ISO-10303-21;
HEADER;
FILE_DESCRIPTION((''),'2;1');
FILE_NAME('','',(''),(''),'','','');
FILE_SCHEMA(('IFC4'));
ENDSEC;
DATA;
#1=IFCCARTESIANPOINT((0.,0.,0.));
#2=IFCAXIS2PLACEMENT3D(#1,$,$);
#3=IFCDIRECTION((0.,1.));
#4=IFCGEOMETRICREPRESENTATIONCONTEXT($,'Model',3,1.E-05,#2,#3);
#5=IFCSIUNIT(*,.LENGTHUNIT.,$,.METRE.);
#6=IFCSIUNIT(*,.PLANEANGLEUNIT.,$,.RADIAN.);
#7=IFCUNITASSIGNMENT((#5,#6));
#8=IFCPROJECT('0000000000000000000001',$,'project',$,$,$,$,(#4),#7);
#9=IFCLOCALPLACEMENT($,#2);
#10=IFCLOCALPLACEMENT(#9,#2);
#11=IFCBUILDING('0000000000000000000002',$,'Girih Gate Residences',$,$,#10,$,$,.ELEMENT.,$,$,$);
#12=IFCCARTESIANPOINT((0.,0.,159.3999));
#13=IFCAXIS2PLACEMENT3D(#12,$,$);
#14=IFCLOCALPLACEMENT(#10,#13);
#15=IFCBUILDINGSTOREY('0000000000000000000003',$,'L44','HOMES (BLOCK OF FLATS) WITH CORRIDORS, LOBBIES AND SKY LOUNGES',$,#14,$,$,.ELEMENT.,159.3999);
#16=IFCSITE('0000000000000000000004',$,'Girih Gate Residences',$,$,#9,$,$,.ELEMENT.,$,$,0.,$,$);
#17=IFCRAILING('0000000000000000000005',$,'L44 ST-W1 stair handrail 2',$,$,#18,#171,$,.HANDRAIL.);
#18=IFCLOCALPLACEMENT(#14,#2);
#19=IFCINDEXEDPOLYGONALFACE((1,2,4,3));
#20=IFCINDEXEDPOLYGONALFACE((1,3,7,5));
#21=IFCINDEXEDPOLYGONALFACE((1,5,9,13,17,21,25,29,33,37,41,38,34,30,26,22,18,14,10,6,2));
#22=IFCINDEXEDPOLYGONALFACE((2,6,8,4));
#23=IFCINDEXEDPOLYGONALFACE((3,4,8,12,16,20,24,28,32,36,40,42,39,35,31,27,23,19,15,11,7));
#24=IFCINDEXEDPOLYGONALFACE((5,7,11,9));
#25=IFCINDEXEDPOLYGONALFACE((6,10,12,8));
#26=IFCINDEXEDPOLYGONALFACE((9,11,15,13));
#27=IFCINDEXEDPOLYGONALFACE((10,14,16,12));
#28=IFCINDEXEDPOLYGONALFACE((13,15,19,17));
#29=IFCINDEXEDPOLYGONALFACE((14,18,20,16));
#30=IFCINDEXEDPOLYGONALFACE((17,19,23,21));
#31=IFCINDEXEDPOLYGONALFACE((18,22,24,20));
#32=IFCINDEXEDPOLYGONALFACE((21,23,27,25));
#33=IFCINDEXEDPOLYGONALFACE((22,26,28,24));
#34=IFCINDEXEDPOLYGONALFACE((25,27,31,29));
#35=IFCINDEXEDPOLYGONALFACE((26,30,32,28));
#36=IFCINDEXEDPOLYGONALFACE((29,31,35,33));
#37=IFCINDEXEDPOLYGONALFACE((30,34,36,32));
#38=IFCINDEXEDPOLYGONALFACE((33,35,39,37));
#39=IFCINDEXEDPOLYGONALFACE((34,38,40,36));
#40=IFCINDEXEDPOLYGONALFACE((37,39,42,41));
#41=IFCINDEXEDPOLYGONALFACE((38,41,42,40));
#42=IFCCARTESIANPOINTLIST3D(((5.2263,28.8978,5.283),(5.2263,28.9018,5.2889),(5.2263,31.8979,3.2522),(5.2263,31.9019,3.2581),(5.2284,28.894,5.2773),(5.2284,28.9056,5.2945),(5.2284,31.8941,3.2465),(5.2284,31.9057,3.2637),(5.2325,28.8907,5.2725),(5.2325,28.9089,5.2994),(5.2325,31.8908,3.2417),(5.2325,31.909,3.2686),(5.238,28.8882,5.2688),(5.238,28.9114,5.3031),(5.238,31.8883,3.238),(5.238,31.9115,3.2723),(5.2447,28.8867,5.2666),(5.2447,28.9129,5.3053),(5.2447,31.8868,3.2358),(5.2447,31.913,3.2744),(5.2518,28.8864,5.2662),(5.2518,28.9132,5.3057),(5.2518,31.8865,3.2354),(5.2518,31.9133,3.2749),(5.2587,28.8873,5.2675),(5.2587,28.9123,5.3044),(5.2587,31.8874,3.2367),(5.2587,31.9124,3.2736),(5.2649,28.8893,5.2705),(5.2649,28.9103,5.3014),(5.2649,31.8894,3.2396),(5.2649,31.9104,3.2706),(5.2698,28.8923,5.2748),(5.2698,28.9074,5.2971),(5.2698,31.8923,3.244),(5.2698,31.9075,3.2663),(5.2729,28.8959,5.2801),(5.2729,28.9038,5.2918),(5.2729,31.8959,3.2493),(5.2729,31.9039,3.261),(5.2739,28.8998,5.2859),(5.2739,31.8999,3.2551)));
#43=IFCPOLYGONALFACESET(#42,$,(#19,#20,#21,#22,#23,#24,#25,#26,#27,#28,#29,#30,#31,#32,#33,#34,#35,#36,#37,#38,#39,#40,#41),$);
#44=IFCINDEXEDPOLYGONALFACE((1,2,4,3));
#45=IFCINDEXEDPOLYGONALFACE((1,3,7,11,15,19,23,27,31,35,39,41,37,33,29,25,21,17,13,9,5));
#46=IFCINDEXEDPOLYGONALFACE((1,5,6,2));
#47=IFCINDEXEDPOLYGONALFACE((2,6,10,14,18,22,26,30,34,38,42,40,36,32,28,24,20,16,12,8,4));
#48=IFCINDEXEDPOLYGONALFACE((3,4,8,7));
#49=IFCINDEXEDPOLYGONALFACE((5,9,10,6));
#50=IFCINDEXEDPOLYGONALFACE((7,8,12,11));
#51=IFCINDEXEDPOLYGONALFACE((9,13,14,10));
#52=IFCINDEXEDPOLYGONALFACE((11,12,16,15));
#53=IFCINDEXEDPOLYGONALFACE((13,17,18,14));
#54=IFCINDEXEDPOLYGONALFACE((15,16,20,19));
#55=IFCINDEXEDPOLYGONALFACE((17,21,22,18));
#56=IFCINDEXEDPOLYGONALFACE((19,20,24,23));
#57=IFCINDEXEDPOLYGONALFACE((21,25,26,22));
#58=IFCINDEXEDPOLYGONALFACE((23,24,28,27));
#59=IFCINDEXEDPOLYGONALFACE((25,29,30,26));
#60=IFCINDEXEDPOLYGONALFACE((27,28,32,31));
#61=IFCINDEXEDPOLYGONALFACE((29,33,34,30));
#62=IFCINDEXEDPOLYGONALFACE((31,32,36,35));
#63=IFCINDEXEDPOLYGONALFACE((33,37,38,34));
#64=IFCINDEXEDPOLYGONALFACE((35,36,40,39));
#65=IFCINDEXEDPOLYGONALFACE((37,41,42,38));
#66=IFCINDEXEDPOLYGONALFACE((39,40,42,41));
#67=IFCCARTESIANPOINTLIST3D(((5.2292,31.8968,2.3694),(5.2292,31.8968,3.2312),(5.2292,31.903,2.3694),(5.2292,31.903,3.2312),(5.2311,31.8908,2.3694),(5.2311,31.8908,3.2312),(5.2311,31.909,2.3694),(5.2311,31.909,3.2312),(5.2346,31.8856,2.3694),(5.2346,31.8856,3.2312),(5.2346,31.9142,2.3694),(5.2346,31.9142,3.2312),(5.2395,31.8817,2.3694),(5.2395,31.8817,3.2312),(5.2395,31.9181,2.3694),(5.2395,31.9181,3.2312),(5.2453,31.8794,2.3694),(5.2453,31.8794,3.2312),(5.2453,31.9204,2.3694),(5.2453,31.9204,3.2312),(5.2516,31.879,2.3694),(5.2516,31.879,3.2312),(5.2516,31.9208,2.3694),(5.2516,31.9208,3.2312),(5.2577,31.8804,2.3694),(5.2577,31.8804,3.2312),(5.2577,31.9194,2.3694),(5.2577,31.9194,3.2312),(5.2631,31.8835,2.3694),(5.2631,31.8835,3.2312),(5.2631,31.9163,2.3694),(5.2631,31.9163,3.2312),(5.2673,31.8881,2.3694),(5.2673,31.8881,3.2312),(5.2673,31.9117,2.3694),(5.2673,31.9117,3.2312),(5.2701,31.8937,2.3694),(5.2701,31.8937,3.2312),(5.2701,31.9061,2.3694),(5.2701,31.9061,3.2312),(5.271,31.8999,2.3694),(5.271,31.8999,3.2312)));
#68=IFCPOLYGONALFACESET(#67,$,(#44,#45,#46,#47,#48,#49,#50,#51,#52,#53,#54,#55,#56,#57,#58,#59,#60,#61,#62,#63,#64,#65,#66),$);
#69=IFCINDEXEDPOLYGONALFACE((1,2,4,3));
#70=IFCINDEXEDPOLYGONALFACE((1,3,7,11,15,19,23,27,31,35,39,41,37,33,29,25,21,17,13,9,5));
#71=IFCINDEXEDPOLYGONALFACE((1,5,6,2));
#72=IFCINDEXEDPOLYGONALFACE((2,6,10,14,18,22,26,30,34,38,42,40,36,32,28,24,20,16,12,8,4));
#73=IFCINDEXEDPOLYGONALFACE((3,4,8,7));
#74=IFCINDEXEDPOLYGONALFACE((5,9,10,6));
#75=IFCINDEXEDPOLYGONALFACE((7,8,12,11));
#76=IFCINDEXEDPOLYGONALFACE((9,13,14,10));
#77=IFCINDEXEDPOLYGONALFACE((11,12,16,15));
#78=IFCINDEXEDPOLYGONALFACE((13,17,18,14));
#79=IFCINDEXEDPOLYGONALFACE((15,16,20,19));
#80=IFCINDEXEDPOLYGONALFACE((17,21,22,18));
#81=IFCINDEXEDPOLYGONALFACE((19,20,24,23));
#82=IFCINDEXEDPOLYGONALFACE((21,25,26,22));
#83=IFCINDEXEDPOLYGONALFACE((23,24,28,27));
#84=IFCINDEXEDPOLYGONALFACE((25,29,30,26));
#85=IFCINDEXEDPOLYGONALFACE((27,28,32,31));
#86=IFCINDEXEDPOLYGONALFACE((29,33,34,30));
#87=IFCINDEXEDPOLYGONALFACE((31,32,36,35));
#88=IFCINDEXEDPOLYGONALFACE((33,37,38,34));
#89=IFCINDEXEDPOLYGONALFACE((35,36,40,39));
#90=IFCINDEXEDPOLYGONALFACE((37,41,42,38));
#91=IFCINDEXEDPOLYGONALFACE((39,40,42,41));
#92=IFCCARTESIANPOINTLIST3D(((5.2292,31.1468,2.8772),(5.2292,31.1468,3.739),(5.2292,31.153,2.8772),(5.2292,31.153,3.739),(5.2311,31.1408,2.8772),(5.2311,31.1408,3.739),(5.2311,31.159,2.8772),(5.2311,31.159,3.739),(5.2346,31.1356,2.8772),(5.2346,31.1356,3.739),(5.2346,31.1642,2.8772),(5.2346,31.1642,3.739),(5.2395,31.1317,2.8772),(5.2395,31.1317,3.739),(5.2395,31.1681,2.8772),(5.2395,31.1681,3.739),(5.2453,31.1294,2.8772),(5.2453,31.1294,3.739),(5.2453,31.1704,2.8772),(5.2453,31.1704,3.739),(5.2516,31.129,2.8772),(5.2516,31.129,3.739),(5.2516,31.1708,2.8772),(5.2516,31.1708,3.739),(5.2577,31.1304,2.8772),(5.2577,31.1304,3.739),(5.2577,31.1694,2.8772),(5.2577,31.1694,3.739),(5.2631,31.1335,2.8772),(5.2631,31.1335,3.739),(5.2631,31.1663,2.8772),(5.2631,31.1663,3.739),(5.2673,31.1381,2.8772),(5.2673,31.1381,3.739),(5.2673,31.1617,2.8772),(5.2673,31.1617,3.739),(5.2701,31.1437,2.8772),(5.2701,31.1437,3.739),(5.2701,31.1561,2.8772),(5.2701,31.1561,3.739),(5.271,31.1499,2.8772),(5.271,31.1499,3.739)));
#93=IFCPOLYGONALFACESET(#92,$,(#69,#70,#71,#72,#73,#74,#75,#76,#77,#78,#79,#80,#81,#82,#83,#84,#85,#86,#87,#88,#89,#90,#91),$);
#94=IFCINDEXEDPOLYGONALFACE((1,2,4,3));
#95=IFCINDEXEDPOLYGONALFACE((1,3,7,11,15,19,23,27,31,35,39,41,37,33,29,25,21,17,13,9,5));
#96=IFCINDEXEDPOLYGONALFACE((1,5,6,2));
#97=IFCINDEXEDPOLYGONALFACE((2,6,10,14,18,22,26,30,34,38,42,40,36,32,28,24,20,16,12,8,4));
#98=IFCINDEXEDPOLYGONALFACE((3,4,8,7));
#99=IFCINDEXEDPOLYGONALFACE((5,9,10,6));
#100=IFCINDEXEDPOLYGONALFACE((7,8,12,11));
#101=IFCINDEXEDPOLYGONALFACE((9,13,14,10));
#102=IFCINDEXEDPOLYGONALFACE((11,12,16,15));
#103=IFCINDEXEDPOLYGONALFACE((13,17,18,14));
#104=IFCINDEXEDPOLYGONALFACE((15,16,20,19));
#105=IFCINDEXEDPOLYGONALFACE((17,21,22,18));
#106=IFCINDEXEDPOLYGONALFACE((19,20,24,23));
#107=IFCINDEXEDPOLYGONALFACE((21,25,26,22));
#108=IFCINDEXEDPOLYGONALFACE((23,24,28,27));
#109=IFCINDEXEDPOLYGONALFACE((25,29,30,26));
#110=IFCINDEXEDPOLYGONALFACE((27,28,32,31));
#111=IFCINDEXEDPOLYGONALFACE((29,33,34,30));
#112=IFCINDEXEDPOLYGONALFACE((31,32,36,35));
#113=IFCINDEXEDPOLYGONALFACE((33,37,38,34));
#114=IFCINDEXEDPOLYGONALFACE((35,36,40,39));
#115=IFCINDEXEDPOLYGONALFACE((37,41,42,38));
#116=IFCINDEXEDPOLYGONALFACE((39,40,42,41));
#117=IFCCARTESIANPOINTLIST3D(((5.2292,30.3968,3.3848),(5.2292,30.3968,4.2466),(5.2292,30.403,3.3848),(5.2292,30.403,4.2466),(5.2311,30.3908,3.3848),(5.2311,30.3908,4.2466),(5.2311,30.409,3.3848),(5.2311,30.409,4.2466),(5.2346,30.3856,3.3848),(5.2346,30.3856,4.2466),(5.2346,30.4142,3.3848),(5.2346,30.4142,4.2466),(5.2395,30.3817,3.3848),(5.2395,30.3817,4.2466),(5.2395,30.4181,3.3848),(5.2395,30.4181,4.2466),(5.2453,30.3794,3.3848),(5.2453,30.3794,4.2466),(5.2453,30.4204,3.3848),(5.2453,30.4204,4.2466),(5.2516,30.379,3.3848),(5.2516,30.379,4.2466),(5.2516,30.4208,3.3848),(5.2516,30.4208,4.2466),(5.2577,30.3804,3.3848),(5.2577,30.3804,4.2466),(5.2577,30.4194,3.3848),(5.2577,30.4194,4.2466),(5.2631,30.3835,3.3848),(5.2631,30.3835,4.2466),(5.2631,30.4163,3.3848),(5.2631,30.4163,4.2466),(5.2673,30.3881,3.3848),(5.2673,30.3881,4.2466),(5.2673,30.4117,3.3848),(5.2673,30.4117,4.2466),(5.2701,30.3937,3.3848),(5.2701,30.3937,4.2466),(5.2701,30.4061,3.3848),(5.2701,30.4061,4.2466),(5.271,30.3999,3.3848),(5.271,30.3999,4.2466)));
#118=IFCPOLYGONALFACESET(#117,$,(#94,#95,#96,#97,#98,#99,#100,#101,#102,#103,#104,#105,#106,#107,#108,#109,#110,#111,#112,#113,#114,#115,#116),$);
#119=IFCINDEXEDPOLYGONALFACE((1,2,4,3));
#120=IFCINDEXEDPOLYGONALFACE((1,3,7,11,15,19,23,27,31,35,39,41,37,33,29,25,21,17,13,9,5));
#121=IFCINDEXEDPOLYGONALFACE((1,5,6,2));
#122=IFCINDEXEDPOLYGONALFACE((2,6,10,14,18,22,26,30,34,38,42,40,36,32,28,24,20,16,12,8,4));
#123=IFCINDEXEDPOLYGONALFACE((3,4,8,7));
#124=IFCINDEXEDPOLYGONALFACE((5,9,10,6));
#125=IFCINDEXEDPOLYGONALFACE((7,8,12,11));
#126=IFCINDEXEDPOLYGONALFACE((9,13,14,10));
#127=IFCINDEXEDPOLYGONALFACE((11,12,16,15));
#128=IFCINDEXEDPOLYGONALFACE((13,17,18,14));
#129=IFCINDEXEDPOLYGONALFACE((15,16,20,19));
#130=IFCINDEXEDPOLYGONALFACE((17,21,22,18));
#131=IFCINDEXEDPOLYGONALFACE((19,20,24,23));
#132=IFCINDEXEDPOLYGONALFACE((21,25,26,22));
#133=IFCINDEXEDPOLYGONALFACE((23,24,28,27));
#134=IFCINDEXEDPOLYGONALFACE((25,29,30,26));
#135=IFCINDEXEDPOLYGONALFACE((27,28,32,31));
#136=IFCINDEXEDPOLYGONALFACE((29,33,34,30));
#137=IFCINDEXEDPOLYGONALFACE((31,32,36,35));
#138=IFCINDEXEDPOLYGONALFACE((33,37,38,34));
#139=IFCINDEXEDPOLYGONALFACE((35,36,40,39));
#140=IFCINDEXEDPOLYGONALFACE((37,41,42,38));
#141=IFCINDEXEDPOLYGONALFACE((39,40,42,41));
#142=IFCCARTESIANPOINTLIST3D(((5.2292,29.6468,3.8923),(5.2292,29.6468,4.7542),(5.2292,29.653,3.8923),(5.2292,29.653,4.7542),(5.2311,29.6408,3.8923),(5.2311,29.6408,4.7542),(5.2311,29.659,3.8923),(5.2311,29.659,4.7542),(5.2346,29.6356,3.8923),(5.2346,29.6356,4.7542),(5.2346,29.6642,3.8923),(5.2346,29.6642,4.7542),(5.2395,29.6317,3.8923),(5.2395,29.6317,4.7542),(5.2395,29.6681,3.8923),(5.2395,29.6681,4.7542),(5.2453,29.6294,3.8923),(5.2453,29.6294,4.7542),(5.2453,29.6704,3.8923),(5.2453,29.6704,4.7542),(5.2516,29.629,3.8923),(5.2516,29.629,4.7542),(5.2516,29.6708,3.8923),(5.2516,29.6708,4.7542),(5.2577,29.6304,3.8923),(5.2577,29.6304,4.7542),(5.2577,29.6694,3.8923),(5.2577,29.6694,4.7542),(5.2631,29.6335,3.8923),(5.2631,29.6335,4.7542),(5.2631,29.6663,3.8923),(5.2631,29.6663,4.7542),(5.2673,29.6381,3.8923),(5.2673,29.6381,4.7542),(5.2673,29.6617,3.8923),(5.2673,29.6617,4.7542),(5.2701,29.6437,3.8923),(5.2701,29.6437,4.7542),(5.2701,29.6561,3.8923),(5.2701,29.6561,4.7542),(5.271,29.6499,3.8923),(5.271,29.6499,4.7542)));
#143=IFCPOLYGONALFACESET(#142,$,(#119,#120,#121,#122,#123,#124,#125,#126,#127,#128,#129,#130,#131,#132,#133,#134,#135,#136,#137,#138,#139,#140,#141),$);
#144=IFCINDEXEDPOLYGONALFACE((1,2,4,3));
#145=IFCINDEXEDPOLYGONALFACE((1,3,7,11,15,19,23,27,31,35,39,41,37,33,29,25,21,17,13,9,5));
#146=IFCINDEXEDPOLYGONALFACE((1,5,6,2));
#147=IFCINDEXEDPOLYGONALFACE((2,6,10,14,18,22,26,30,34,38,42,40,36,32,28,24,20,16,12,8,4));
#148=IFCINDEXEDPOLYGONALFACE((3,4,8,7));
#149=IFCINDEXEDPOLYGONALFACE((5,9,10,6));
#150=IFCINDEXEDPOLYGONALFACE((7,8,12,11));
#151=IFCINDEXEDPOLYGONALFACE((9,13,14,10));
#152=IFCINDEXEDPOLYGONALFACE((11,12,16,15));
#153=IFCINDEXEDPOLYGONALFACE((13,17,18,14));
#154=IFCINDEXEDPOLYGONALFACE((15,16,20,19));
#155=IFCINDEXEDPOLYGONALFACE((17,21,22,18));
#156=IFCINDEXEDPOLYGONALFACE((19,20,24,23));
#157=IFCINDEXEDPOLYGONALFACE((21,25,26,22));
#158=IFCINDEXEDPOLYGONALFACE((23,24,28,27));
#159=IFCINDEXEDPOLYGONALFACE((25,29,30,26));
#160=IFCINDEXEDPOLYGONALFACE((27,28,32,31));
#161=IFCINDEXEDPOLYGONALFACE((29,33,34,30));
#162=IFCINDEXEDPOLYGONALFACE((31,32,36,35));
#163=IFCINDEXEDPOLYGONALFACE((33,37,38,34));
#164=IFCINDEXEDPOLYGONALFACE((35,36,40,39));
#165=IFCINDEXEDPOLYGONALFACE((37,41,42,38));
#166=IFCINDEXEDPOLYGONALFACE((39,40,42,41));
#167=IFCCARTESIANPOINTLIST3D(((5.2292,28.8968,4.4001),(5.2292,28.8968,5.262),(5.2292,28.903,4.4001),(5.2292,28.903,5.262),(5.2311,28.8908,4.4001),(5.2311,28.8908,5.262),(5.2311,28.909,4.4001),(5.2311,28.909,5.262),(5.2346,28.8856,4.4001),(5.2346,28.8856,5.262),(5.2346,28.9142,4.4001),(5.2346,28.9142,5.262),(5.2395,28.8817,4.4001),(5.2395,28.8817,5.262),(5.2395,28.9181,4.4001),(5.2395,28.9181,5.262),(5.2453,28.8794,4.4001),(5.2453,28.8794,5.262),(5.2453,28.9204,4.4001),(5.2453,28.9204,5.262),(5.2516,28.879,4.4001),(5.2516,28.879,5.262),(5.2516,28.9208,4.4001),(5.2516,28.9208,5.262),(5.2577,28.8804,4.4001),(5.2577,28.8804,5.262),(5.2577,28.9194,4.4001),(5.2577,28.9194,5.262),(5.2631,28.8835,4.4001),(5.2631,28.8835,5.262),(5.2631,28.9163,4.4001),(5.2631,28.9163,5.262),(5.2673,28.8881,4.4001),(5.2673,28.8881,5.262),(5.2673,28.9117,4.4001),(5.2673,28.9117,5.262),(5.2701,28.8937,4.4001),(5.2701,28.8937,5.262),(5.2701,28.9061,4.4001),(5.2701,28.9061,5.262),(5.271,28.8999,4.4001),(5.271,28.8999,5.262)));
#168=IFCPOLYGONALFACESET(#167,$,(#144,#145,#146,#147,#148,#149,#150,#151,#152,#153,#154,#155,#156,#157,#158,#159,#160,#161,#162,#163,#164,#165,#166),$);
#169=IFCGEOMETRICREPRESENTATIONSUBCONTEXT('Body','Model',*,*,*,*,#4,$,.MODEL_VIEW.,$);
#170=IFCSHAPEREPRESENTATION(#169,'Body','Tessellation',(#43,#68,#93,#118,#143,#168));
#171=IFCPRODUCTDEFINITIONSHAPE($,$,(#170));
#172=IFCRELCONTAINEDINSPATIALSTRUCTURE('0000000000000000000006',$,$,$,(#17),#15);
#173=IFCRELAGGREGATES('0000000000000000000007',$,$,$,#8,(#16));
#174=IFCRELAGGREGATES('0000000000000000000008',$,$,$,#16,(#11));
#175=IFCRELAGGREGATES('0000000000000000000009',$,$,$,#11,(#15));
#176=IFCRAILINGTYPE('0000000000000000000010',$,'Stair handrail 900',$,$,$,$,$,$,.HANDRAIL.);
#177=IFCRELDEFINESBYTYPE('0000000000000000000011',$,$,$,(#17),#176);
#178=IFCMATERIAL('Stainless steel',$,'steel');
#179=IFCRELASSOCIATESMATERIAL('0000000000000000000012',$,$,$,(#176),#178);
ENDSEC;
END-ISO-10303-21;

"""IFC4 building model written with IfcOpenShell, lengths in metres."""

from ifc_helpers import new_model, si_unit, direction, frame, origin, origin_2d, place, context, subcontext, project, spatial, circle, extrude, material, type_object, element, save


model = new_model("IFC4")

# Units and contexts
model_context = context("Model", 3, precision=1e-05, world=origin(), true_north=direction((0.0, 1.0)))
body_context = subcontext(model_context, "Body", "Model", "MODEL_VIEW")
ifc_project = project(units=[si_unit("LENGTHUNIT", "METRE"), si_unit("PLANEANGLEUNIT", "RADIAN")], contexts=[model_context])

# Site, building, storey
site_placement = place(None, origin())
site = spatial("IfcSite", under=ifc_project, at=site_placement, Name="Girih Gate Residences", CompositionType="ELEMENT", RefElevation=0.0)
building_placement = place(site_placement, origin())
building = spatial("IfcBuilding", under=site, at=building_placement, Name="Girih Gate Residences", CompositionType="ELEMENT")
storey_placement = place(building_placement, frame((0.0, 0.0, 159.3999)))
storey = spatial("IfcBuildingStorey", under=building, at=storey_placement, Name="L44", Description="HOMES (BLOCK OF FLATS) WITH CORRIDORS, LOBBIES AND SKY LOUNGES", CompositionType="ELEMENT", Elevation=159.3999)

# Railing
ifc_material_1 = material(Name="Stainless steel", Category="steel")
railing_type_1 = type_object("IfcRailingType", Name="Stair handrail 900", PredefinedType="HANDRAIL", material=ifc_material_1)
railing_1_placement = place(storey_placement, frame((5.25, 31.8999, 2.3694)))
element("IfcRailing", 1, at=railing_1_placement, inside=storey, type_object=railing_type_1, Name="L44 ST-W1 stair handrail 2", PredefinedType="HANDRAIL", context=body_context, shape_type="SweptSolid", body=[
    extrude(circle(Radius=0.0239, at=origin_2d()), frame((0.0, 0.0, 0.8857), z_axis=(0.0, -0.82811, 0.560565), x_axis=(1.0, 0.0, 0.0)), (0.0, 0.0, 1.0), 3.6228),
    extrude(circle(Radius=0.021, at=origin_2d()), origin(), (0.0, 0.0, 1.0), 0.8618),
    extrude(circle(Radius=0.021, at=origin_2d()), frame((0.0, -0.75, 0.5078)), (0.0, 0.0, 1.0), 0.8618),
    extrude(circle(Radius=0.021, at=origin_2d()), frame((0.0, -1.5, 1.0154)), (0.0, 0.0, 1.0), 0.8618),
    extrude(circle(Radius=0.021, at=origin_2d()), frame((0.0, -2.25, 1.5229)), (0.0, 0.0, 1.0), 0.8618),
    extrude(circle(Radius=0.021, at=origin_2d()), frame((0.0, -3.0, 2.0308)), (0.0, 0.0, 1.0), 0.8618),
])

save(model, "model.ifc")
